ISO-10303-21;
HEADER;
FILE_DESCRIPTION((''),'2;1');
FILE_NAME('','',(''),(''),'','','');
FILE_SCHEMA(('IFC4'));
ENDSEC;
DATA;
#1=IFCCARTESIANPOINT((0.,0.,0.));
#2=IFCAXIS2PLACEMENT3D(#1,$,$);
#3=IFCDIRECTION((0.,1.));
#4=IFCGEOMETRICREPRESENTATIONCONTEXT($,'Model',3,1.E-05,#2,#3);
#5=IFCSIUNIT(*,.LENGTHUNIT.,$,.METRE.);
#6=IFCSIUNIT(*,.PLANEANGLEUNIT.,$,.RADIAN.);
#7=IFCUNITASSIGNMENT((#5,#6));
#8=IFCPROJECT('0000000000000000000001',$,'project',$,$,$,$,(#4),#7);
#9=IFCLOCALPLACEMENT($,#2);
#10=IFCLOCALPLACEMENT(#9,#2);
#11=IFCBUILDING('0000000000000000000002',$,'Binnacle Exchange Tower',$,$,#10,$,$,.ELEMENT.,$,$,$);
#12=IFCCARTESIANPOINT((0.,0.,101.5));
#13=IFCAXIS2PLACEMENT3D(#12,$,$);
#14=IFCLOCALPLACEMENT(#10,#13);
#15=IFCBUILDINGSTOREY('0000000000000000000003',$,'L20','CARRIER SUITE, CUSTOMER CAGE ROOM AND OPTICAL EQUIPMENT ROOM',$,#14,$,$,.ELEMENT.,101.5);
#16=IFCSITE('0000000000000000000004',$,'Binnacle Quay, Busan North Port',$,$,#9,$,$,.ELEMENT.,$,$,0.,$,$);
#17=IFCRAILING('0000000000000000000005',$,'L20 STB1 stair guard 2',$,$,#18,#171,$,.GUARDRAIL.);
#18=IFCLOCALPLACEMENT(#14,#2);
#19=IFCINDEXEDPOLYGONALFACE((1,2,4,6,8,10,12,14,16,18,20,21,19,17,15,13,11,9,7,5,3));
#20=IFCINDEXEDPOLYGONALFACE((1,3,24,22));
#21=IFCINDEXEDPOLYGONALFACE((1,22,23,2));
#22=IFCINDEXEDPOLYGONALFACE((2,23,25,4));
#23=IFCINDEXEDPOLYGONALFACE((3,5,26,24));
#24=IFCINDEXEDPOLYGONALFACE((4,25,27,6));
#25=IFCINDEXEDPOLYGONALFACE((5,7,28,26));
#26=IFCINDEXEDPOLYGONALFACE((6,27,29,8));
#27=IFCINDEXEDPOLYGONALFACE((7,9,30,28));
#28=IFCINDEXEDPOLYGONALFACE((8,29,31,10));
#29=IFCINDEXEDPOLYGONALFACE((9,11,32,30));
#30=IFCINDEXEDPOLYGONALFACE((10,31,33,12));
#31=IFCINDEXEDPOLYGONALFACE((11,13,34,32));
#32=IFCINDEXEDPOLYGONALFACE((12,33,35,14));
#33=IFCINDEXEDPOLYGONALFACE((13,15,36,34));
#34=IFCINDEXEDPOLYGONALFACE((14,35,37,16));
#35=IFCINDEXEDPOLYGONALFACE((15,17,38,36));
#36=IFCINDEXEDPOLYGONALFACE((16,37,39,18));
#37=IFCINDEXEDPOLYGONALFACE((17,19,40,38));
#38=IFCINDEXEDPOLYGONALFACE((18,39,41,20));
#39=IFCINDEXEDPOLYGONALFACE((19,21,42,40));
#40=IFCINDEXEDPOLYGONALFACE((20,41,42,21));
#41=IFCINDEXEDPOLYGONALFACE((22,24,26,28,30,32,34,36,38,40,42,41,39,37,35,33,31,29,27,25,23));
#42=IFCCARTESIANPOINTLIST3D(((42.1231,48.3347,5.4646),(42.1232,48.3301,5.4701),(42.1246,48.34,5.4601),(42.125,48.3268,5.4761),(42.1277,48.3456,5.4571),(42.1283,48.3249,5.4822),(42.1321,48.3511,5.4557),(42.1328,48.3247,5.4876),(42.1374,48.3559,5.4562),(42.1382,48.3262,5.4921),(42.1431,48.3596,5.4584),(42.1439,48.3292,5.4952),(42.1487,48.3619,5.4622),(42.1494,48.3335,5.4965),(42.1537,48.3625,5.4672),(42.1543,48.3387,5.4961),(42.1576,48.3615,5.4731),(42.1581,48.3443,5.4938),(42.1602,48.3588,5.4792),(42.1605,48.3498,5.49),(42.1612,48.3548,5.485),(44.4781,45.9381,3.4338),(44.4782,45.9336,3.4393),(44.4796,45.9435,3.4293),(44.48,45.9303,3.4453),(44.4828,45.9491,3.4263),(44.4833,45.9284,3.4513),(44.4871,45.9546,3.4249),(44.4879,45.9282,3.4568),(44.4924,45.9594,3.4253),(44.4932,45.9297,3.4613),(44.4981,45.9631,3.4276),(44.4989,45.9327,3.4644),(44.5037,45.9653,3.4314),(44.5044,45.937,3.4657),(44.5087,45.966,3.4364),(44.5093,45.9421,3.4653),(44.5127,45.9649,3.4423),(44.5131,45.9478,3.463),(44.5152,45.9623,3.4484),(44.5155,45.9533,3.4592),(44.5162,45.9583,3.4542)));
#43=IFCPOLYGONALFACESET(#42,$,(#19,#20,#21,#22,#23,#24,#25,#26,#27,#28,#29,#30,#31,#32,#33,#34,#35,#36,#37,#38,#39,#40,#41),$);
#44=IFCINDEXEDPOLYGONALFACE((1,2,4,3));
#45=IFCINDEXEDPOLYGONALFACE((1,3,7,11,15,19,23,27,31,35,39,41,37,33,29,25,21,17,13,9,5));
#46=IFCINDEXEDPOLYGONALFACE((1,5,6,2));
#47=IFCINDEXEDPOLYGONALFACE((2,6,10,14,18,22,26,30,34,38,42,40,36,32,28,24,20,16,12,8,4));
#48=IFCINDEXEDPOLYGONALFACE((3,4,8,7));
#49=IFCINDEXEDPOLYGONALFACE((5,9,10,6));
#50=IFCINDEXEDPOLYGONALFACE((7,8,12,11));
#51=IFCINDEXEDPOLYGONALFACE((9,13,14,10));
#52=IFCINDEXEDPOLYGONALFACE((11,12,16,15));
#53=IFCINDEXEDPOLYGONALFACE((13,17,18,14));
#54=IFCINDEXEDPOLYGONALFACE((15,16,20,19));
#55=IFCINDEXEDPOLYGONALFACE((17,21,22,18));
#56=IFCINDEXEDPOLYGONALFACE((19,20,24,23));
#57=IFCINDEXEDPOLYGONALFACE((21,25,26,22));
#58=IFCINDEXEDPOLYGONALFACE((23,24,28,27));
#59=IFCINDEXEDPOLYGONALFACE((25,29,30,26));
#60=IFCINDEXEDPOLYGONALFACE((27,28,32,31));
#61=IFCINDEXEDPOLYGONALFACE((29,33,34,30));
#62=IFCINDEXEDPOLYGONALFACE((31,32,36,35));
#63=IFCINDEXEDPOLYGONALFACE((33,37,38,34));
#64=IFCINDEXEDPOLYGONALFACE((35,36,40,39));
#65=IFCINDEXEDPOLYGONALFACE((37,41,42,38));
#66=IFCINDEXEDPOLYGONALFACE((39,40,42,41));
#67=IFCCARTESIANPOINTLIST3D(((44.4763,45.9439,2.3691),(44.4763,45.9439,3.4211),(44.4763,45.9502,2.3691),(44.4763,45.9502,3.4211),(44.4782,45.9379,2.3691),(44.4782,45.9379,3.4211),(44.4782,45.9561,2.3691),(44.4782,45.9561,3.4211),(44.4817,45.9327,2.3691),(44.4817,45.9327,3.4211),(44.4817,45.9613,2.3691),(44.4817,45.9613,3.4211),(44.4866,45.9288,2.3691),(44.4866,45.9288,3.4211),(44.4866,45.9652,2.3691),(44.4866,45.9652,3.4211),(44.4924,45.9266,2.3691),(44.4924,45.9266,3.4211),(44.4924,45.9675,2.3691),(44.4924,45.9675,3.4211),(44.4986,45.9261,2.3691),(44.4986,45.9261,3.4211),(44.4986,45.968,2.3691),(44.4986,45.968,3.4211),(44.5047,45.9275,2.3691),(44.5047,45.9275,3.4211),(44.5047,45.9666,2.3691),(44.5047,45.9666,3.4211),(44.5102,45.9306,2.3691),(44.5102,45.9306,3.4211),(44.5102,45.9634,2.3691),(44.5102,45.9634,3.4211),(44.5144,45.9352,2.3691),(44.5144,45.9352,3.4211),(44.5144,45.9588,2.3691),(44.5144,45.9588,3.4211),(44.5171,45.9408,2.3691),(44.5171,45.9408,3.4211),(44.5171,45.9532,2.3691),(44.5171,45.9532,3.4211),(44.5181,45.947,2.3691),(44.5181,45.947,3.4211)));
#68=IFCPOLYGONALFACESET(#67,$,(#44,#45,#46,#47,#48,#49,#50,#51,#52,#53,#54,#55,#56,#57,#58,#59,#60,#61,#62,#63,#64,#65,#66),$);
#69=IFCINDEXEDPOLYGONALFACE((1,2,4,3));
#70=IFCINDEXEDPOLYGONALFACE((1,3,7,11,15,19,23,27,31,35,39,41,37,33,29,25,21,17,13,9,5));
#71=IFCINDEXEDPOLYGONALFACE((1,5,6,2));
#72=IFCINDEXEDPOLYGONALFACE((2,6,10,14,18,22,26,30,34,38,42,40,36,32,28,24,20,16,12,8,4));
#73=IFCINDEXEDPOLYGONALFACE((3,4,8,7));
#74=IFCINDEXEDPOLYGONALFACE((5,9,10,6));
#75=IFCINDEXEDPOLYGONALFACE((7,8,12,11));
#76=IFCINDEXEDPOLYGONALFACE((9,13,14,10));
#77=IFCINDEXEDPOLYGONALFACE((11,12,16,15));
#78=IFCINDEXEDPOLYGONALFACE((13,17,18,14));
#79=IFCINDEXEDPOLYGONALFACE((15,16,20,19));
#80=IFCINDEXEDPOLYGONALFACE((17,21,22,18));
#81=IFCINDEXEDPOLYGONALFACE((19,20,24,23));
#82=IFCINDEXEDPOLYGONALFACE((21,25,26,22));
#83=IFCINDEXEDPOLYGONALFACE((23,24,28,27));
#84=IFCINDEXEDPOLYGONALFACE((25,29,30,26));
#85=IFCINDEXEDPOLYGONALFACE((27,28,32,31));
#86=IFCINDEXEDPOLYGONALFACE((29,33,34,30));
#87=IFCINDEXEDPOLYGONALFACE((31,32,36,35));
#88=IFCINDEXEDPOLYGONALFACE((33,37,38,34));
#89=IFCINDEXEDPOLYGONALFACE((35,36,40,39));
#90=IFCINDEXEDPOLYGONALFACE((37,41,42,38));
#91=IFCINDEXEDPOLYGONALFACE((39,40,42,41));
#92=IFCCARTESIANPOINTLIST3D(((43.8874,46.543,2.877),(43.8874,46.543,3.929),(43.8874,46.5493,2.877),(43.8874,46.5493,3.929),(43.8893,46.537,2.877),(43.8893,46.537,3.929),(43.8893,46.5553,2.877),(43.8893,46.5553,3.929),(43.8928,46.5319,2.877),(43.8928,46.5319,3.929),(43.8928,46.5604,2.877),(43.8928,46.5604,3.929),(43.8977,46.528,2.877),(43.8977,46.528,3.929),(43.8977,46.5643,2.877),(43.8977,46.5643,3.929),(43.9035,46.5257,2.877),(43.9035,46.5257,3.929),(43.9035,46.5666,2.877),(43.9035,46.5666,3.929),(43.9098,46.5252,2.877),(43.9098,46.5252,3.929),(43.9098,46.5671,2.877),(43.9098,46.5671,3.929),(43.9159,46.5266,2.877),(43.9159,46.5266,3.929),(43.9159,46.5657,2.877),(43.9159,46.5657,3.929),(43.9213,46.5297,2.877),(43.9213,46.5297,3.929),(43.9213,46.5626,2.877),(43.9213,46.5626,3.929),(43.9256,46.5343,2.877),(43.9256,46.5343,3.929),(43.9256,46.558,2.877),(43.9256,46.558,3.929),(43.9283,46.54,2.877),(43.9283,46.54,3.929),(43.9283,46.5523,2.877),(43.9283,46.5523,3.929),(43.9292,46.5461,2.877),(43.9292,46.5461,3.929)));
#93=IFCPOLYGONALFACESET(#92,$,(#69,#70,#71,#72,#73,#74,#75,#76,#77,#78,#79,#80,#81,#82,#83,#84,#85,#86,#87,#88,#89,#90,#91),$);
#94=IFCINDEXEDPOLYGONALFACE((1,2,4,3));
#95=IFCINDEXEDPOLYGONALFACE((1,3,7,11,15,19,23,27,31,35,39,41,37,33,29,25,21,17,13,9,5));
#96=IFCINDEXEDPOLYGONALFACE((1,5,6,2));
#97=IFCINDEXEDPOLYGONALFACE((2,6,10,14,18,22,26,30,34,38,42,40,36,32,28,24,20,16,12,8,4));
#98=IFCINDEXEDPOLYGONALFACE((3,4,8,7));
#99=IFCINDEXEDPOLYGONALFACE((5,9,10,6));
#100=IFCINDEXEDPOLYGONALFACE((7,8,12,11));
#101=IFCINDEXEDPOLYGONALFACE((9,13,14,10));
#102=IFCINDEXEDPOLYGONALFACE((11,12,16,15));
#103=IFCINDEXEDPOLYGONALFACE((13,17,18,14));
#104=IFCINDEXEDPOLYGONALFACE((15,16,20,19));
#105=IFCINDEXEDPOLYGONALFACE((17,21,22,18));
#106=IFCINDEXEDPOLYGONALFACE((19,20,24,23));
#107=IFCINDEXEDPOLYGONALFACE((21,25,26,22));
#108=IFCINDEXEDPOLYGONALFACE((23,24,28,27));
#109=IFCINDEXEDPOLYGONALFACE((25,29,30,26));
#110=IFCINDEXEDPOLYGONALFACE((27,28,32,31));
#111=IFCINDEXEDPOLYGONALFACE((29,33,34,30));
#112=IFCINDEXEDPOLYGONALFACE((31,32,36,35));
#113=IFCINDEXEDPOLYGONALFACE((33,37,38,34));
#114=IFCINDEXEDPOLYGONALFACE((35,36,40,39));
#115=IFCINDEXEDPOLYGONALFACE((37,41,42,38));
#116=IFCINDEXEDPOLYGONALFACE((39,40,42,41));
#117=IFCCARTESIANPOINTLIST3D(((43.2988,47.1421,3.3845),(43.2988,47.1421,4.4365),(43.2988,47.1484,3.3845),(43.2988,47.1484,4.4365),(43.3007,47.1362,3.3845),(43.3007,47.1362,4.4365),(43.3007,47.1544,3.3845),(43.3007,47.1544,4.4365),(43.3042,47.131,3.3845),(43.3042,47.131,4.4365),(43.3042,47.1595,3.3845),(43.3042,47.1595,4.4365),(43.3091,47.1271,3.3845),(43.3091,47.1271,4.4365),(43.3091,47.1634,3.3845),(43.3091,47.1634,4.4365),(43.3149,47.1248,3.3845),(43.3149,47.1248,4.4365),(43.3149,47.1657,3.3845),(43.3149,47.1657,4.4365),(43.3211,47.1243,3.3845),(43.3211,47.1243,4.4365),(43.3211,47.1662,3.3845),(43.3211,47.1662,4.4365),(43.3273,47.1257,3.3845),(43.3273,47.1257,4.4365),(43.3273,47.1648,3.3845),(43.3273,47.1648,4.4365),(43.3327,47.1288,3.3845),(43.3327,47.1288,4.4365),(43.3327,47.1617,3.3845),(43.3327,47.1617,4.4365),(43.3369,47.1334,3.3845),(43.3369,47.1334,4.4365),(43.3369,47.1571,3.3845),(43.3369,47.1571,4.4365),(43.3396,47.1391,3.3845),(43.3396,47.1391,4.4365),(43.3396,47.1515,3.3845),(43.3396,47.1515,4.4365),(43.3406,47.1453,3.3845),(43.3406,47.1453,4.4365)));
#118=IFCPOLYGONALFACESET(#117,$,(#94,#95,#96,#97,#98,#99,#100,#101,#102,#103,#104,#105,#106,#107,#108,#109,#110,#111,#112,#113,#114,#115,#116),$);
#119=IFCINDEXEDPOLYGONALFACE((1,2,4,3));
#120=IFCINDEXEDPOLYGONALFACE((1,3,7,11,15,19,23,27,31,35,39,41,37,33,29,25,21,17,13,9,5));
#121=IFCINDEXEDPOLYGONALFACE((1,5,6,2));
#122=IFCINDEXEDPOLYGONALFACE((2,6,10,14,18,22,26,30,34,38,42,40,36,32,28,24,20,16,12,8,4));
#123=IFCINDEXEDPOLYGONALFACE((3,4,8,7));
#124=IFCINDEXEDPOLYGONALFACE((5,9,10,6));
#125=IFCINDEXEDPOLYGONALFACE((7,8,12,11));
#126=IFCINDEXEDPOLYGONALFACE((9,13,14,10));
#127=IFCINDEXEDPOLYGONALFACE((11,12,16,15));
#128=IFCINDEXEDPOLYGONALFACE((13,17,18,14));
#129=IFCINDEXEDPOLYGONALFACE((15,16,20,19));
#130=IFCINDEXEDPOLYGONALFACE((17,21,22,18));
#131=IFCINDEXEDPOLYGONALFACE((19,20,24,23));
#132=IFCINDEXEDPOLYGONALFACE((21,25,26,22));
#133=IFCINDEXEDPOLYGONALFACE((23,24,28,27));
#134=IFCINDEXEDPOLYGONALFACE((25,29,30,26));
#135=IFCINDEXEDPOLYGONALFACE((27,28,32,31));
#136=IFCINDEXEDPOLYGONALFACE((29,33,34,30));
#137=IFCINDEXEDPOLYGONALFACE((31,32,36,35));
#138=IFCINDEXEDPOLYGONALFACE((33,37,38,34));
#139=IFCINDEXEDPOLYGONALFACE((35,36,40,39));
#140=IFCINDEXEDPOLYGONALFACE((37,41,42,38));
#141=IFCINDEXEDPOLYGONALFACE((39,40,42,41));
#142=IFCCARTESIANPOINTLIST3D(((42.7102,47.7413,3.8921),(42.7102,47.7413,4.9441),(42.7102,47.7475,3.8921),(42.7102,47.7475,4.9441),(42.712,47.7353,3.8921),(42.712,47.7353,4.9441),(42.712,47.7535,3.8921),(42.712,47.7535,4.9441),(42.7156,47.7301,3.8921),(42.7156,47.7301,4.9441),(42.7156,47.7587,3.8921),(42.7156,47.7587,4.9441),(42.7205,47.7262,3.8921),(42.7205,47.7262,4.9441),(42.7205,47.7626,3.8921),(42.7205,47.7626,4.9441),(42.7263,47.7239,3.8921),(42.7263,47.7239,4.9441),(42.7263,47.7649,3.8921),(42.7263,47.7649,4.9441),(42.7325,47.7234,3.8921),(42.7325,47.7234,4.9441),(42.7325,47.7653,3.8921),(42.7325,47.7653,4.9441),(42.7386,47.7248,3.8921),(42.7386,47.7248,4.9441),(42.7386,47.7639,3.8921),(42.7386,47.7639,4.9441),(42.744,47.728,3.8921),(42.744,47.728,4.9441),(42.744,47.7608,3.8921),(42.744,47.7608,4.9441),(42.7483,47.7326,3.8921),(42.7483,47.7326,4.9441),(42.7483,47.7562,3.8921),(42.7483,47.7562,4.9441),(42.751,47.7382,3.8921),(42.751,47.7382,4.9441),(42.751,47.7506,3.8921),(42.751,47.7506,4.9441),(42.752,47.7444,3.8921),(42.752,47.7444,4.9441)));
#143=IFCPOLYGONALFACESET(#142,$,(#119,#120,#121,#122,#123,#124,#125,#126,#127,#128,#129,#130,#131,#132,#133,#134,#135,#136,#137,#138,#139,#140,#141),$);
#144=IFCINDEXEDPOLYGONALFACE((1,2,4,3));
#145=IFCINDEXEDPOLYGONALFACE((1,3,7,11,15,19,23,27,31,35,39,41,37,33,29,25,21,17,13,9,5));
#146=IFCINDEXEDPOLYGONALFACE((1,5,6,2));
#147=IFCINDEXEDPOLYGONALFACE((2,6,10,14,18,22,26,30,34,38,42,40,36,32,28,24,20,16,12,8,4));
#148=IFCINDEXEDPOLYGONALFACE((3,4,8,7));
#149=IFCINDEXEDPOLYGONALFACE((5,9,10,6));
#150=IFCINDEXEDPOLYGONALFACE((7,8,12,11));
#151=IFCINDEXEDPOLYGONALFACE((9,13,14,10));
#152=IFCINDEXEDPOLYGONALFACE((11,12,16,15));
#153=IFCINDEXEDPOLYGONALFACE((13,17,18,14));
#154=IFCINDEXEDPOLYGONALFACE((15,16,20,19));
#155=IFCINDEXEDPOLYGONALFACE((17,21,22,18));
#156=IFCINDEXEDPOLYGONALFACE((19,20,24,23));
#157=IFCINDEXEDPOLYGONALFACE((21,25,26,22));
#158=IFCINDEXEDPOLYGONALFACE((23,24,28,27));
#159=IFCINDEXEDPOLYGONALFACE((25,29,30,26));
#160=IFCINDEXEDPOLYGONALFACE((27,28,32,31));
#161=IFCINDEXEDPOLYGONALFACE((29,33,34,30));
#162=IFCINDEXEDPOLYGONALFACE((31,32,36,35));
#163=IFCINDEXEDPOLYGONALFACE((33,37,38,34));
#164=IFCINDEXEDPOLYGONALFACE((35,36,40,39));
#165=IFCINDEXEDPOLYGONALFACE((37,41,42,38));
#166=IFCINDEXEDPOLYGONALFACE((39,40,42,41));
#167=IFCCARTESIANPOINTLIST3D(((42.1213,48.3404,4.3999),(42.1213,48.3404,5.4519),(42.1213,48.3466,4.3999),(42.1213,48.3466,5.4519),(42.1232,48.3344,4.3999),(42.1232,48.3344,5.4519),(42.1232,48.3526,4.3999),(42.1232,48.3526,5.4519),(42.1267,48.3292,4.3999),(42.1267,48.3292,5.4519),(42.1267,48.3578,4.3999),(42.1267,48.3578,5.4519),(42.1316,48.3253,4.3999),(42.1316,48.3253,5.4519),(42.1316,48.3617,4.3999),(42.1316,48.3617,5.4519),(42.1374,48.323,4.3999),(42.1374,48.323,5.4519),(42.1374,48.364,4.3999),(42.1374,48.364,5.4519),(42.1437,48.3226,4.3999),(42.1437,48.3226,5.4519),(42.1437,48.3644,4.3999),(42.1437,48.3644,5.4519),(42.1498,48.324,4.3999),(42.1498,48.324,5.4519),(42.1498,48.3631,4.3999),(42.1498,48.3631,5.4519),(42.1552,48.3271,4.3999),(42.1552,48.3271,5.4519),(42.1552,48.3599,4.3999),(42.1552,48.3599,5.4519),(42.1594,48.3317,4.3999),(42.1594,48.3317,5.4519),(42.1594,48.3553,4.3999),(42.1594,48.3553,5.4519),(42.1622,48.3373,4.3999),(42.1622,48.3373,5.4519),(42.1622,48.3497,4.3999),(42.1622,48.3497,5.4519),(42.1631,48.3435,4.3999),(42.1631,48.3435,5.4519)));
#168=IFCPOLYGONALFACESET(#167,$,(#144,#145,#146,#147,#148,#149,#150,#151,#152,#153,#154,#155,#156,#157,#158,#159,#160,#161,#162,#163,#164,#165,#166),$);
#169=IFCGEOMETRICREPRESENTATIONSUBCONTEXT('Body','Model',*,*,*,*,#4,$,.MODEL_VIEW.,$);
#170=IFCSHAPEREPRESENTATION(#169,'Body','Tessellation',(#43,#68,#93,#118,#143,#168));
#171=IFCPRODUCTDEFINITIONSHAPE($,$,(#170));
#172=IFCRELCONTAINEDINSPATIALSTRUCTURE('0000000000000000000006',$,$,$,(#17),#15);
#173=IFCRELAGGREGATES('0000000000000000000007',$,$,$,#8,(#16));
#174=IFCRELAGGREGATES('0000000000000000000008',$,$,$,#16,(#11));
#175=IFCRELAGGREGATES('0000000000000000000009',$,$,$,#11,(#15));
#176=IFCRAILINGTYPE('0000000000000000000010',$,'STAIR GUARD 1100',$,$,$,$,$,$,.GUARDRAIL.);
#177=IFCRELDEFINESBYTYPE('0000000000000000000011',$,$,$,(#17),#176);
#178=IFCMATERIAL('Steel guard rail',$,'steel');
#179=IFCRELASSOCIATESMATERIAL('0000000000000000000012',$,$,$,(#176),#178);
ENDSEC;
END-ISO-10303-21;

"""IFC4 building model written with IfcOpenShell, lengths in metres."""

from ifc_helpers import new_model, si_unit, direction, frame, origin, origin_2d, place, context, subcontext, project, spatial, circle, extrude, material, type_object, element, save


model = new_model("IFC4")

# Units and contexts
model_context = context("Model", 3, precision=1e-05, world=origin(), true_north=direction((0.0, 1.0)))
body_context = subcontext(model_context, "Body", "Model", "MODEL_VIEW")
ifc_project = project(units=[si_unit("LENGTHUNIT", "METRE"), si_unit("PLANEANGLEUNIT", "RADIAN")], contexts=[model_context])

# Site, building, storey
site_placement = place(None, origin())
site = spatial("IfcSite", under=ifc_project, at=site_placement, Name="Binnacle Quay, Busan North Port", CompositionType="ELEMENT", RefElevation=0.0)
building_placement = place(site_placement, origin())
building = spatial("IfcBuilding", under=site, at=building_placement, Name="Binnacle Exchange Tower", CompositionType="ELEMENT")
storey_placement = place(building_placement, frame((0.0, 0.0, 101.5)))
storey = spatial("IfcBuildingStorey", under=building, at=storey_placement, Name="L20", Description="CARRIER SUITE, CUSTOMER CAGE ROOM AND OPTICAL EQUIPMENT ROOM", CompositionType="ELEMENT", Elevation=101.5)

# Railing
ifc_material_1 = material(Name="Steel guard rail", Category="steel")
railing_type_1 = type_object("IfcRailingType", Name="STAIR GUARD 1100", PredefinedType="GUARDRAIL", material=ifc_material_1)
railing_1_placement = place(storey_placement, frame((44.4971, 45.947, 2.3691)))
element("IfcRailing", 1, at=railing_1_placement, inside=storey, type_object=railing_type_1, Name="L20 STB1 stair guard 2", PredefinedType="GUARDRAIL", context=body_context, shape_type="SweptSolid", body=[
    extrude(circle(Radius=0.0239, at=origin_2d()), frame((0.0, 0.0, 1.0762), z_axis=(-0.59985, 0.610422, 0.517267), x_axis=(-0.713256, -0.700903, 0.0)), (0.0, 0.0, 1.0), 3.926),
    extrude(circle(Radius=0.021, at=origin_2d()), origin(), (0.0, 0.0, 1.0), 1.052),
    extrude(circle(Radius=0.021, at=origin_2d()), frame((-0.5889, 0.5991, 0.5078)), (0.0, 0.0, 1.0), 1.052),
    extrude(circle(Radius=0.021, at=origin_2d()), frame((-1.1775, 1.1982, 1.0154)), (0.0, 0.0, 1.0), 1.052),
    extrude(circle(Radius=0.021, at=origin_2d()), frame((-1.7661, 1.7974, 1.5229)), (0.0, 0.0, 1.0), 1.052),
    extrude(circle(Radius=0.021, at=origin_2d()), frame((-2.355, 2.3965, 2.0308)), (0.0, 0.0, 1.0), 1.052),
])

save(model, "model.ifc")
